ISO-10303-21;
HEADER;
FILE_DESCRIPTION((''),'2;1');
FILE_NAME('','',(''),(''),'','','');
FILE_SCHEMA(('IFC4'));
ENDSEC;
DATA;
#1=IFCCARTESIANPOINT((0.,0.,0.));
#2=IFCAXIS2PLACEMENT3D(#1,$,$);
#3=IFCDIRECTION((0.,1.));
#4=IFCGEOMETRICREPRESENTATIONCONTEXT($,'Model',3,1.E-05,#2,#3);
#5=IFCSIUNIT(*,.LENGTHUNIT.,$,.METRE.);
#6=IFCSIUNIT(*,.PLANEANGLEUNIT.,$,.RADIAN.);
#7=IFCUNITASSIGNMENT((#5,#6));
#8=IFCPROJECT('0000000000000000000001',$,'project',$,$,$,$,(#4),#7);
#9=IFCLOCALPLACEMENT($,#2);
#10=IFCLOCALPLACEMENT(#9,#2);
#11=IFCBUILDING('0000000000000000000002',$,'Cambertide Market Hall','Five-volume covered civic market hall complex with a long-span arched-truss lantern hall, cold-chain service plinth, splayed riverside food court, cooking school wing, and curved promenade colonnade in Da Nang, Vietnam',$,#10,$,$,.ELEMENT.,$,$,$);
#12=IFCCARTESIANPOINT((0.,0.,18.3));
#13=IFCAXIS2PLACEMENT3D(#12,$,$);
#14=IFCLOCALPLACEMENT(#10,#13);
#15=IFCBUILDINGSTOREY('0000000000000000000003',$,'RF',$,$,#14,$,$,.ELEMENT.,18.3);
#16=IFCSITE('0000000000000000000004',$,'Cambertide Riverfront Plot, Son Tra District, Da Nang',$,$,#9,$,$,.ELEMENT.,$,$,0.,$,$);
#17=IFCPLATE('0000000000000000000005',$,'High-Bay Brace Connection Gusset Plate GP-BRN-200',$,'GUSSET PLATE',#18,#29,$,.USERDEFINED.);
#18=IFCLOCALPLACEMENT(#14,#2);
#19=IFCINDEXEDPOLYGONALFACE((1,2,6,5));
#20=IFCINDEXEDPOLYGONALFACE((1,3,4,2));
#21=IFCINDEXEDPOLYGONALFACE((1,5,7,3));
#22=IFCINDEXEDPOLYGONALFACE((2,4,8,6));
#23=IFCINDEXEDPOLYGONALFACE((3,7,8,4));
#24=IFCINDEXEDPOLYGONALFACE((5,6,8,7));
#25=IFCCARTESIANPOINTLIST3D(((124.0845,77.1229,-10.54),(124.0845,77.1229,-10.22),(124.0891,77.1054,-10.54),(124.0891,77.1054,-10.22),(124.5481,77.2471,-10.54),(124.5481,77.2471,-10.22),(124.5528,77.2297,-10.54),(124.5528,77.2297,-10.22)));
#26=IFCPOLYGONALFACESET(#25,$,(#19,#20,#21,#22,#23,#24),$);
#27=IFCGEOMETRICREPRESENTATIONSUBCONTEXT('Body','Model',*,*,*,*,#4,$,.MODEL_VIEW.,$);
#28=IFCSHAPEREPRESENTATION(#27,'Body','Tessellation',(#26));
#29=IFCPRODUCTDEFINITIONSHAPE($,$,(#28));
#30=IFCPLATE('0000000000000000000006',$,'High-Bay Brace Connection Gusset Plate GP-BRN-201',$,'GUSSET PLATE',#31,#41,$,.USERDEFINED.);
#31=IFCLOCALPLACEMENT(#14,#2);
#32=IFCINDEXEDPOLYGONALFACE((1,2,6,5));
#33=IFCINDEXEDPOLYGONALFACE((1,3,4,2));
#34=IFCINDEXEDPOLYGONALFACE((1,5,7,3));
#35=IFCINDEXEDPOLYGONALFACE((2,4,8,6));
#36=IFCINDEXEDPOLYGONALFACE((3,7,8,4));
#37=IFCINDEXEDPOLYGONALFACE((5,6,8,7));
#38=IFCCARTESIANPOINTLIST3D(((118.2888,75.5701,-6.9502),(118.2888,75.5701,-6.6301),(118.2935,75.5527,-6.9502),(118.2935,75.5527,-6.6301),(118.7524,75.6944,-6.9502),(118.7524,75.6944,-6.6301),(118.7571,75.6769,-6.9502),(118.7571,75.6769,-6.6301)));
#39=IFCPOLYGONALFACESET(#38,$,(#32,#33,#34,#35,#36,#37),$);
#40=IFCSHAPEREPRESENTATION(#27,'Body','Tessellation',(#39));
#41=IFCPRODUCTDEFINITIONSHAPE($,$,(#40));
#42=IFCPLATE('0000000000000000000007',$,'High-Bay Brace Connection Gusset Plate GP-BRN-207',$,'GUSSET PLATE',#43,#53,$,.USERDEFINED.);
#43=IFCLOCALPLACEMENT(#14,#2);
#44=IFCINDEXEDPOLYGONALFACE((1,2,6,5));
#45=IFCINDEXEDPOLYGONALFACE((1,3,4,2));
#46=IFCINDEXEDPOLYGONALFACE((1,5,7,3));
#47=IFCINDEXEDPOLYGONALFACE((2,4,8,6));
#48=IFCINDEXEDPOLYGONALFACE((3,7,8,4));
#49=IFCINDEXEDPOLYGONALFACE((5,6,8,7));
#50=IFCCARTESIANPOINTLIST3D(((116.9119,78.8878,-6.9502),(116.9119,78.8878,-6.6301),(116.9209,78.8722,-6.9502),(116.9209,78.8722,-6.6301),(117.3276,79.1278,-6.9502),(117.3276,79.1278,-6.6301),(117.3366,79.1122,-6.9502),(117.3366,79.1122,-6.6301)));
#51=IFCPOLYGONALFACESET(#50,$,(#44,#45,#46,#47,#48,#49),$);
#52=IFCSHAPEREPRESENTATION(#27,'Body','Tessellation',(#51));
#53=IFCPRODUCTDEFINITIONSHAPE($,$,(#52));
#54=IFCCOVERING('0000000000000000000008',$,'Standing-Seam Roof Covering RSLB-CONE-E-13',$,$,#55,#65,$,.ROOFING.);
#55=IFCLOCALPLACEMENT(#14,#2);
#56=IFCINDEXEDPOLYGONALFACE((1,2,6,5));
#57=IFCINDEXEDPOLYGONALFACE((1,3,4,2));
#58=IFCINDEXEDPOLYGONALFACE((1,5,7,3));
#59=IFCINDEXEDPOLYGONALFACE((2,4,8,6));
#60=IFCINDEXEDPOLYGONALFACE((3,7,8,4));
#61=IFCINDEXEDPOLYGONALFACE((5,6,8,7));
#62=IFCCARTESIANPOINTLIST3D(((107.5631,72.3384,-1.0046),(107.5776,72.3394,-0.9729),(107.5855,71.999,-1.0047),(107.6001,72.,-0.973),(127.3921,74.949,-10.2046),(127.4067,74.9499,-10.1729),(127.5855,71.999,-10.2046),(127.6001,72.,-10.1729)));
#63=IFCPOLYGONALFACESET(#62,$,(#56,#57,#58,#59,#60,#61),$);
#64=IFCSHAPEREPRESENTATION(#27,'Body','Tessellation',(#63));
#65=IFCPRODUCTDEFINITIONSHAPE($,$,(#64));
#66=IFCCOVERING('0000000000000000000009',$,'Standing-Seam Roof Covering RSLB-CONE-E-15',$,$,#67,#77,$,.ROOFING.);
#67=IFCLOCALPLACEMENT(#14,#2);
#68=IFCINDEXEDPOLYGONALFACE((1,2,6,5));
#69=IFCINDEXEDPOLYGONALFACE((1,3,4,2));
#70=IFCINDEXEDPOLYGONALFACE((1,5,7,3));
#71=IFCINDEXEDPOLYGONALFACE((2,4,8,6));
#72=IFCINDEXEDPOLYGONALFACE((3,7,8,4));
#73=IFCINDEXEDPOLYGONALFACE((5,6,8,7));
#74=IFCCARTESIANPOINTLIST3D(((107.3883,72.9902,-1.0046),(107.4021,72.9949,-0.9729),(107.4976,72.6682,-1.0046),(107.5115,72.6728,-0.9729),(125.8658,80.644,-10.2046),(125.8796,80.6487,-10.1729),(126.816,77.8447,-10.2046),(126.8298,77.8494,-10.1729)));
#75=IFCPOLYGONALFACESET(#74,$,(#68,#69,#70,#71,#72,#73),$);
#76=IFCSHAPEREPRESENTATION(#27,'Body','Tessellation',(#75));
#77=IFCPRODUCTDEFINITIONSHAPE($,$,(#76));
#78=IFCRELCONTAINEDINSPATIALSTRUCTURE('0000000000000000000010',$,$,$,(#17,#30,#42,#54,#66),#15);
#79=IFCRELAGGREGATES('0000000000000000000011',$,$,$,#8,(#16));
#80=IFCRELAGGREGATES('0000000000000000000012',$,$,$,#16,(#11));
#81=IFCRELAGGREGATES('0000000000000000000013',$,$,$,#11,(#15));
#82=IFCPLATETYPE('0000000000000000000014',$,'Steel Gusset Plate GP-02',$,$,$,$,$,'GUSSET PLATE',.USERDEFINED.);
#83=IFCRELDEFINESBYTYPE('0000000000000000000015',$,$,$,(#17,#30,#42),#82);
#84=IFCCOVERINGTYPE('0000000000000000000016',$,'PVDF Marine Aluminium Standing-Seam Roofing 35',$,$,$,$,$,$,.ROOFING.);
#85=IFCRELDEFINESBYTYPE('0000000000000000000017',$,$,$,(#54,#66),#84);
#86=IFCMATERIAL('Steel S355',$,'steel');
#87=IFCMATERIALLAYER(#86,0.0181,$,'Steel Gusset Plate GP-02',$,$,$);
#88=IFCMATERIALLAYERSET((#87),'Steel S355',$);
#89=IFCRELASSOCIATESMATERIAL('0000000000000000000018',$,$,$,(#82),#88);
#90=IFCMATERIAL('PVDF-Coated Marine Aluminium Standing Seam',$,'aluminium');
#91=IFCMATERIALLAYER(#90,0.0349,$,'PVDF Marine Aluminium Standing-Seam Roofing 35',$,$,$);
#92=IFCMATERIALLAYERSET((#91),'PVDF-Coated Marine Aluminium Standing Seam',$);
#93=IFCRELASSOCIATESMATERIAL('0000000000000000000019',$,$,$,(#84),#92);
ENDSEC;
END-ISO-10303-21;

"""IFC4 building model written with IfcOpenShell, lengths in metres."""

from ifc_helpers import new_model, si_unit, direction, frame, origin, origin_2d, place, context, subcontext, project, spatial, polyline, rectangle, outline, extrude, material, layer, layer_set, type_object, element, save


model = new_model("IFC4")

# Units and contexts
model_context = context("Model", 3, precision=1e-05, world=origin(), true_north=direction((0.0, 1.0)))
body_context = subcontext(model_context, "Body", "Model", "MODEL_VIEW")
ifc_project = project(units=[si_unit("LENGTHUNIT", "METRE"), si_unit("PLANEANGLEUNIT", "RADIAN")], contexts=[model_context])

# Site, building, storey
site_placement = place(None, origin())
site = spatial("IfcSite", under=ifc_project, at=site_placement, Name="Cambertide Riverfront Plot, Son Tra District, Da Nang", CompositionType="ELEMENT", RefElevation=0.0)
building_placement = place(site_placement, origin())
building = spatial("IfcBuilding", under=site, at=building_placement, Name="Cambertide Market Hall", Description="Five-volume covered civic market hall complex with a long-span arched-truss lantern hall, cold-chain service plinth, splayed riverside food court, cooking school wing, and curved promenade colonnade in Da Nang, Vietnam", CompositionType="ELEMENT")
storey_placement = place(building_placement, frame((0.0, 0.0, 18.3)))
storey = spatial("IfcBuildingStorey", under=building, at=storey_placement, Name="RF", CompositionType="ELEMENT", Elevation=18.3)

# Plates
ifc_material_1 = material(Name="Steel S355", Category="steel")
ifc_layer_1 = layer(ifc_material_1, 0.0181, Name="Steel Gusset Plate GP-02")
ifc_layer_set_1 = layer_set([ifc_layer_1], Name="Steel S355")
plate_type_1 = type_object("IfcPlateType", Name="Steel Gusset Plate GP-02", ElementType="GUSSET PLATE", PredefinedType="USERDEFINED", material=ifc_layer_set_1)
for number, where, z_axis, x_axis, name in (
    (1, (124.3186, 77.1763, -10.54), (0.0, 0.0, 1.0), (-0.965926, -0.258819, 0.0), "High-Bay Brace Connection Gusset Plate GP-BRN-200"),
    (2, (118.5229, 75.6235, -6.9502), (0.0, 0.0, 1.0), (-0.965926, -0.258819, 0.0), "High-Bay Brace Connection Gusset Plate GP-BRN-201"),
    (3, (117.1243, 79.0, -6.9502), (0.0, 0.0, 1.0), (-0.866025, -0.5, 0.0), "High-Bay Brace Connection Gusset Plate GP-BRN-207"),
):
    element("IfcPlate", number, at=place(storey_placement, frame(where, z_axis=z_axis, x_axis=x_axis)), inside=storey, type_object=plate_type_1, Name=name, ObjectType="GUSSET PLATE", PredefinedType="USERDEFINED", context=body_context, shape_type="SweptSolid", body=[
        extrude(rectangle(XDim=0.48, YDim=0.0181, at=origin_2d()), origin(), (0.0, 0.0, 1.0), 0.3201),
    ])

# Coverings
ifc_material_2 = material(Name="PVDF-Coated Marine Aluminium Standing Seam", Category="aluminium")
ifc_layer_2 = layer(ifc_material_2, 0.0349, Name="PVDF Marine Aluminium Standing-Seam Roofing 35")
ifc_layer_set_2 = layer_set([ifc_layer_2], Name="PVDF-Coated Marine Aluminium Standing Seam")
covering_type = type_object("IfcCoveringType", Name="PVDF Marine Aluminium Standing-Seam Roofing 35", PredefinedType="ROOFING", material=ifc_layer_set_2)
covering_1_placement = place(storey_placement, frame((127.6001, 72.0, -10.1729), z_axis=(0.417743, 0.027409, 0.908152), x_axis=(-0.065418, 0.997858, -0.000025)))
element("IfcCovering", 4, at=covering_1_placement, inside=storey, type_object=covering_type, Name="Standing-Seam Roof Covering RSLB-CONE-E-13", PredefinedType="ROOFING", context=body_context, shape_type="SweptSolid", body=[
    extrude(outline(polyline([(0.0, 0.0), (2.9563, 0.0), (1.6482, 21.9758), (1.3081, 21.9756), (0.0, 0.0)])), origin(), (0.0, 0.0, -1.0), 0.0349),
])
covering_2_placement = place(storey_placement, frame((126.8298, 77.8494, -10.1729), z_axis=(0.396426, 0.134571, 0.90815), x_axis=(-0.321429, 0.946934, -0.000007)))
element("IfcCovering", 5, at=covering_2_placement, inside=storey, type_object=covering_type, Name="Standing-Seam Roof Covering RSLB-CONE-E-15", PredefinedType="ROOFING", context=body_context, shape_type="SweptSolid", body=[
    extrude(outline(polyline([(0.0, 0.0), (2.9562, 0.0), (1.6477, 21.9756), (1.3076, 21.9755), (0.0, 0.0)])), origin(), (0.0, 0.0, -1.0), 0.0349),
])

save(model, "model.ifc")
